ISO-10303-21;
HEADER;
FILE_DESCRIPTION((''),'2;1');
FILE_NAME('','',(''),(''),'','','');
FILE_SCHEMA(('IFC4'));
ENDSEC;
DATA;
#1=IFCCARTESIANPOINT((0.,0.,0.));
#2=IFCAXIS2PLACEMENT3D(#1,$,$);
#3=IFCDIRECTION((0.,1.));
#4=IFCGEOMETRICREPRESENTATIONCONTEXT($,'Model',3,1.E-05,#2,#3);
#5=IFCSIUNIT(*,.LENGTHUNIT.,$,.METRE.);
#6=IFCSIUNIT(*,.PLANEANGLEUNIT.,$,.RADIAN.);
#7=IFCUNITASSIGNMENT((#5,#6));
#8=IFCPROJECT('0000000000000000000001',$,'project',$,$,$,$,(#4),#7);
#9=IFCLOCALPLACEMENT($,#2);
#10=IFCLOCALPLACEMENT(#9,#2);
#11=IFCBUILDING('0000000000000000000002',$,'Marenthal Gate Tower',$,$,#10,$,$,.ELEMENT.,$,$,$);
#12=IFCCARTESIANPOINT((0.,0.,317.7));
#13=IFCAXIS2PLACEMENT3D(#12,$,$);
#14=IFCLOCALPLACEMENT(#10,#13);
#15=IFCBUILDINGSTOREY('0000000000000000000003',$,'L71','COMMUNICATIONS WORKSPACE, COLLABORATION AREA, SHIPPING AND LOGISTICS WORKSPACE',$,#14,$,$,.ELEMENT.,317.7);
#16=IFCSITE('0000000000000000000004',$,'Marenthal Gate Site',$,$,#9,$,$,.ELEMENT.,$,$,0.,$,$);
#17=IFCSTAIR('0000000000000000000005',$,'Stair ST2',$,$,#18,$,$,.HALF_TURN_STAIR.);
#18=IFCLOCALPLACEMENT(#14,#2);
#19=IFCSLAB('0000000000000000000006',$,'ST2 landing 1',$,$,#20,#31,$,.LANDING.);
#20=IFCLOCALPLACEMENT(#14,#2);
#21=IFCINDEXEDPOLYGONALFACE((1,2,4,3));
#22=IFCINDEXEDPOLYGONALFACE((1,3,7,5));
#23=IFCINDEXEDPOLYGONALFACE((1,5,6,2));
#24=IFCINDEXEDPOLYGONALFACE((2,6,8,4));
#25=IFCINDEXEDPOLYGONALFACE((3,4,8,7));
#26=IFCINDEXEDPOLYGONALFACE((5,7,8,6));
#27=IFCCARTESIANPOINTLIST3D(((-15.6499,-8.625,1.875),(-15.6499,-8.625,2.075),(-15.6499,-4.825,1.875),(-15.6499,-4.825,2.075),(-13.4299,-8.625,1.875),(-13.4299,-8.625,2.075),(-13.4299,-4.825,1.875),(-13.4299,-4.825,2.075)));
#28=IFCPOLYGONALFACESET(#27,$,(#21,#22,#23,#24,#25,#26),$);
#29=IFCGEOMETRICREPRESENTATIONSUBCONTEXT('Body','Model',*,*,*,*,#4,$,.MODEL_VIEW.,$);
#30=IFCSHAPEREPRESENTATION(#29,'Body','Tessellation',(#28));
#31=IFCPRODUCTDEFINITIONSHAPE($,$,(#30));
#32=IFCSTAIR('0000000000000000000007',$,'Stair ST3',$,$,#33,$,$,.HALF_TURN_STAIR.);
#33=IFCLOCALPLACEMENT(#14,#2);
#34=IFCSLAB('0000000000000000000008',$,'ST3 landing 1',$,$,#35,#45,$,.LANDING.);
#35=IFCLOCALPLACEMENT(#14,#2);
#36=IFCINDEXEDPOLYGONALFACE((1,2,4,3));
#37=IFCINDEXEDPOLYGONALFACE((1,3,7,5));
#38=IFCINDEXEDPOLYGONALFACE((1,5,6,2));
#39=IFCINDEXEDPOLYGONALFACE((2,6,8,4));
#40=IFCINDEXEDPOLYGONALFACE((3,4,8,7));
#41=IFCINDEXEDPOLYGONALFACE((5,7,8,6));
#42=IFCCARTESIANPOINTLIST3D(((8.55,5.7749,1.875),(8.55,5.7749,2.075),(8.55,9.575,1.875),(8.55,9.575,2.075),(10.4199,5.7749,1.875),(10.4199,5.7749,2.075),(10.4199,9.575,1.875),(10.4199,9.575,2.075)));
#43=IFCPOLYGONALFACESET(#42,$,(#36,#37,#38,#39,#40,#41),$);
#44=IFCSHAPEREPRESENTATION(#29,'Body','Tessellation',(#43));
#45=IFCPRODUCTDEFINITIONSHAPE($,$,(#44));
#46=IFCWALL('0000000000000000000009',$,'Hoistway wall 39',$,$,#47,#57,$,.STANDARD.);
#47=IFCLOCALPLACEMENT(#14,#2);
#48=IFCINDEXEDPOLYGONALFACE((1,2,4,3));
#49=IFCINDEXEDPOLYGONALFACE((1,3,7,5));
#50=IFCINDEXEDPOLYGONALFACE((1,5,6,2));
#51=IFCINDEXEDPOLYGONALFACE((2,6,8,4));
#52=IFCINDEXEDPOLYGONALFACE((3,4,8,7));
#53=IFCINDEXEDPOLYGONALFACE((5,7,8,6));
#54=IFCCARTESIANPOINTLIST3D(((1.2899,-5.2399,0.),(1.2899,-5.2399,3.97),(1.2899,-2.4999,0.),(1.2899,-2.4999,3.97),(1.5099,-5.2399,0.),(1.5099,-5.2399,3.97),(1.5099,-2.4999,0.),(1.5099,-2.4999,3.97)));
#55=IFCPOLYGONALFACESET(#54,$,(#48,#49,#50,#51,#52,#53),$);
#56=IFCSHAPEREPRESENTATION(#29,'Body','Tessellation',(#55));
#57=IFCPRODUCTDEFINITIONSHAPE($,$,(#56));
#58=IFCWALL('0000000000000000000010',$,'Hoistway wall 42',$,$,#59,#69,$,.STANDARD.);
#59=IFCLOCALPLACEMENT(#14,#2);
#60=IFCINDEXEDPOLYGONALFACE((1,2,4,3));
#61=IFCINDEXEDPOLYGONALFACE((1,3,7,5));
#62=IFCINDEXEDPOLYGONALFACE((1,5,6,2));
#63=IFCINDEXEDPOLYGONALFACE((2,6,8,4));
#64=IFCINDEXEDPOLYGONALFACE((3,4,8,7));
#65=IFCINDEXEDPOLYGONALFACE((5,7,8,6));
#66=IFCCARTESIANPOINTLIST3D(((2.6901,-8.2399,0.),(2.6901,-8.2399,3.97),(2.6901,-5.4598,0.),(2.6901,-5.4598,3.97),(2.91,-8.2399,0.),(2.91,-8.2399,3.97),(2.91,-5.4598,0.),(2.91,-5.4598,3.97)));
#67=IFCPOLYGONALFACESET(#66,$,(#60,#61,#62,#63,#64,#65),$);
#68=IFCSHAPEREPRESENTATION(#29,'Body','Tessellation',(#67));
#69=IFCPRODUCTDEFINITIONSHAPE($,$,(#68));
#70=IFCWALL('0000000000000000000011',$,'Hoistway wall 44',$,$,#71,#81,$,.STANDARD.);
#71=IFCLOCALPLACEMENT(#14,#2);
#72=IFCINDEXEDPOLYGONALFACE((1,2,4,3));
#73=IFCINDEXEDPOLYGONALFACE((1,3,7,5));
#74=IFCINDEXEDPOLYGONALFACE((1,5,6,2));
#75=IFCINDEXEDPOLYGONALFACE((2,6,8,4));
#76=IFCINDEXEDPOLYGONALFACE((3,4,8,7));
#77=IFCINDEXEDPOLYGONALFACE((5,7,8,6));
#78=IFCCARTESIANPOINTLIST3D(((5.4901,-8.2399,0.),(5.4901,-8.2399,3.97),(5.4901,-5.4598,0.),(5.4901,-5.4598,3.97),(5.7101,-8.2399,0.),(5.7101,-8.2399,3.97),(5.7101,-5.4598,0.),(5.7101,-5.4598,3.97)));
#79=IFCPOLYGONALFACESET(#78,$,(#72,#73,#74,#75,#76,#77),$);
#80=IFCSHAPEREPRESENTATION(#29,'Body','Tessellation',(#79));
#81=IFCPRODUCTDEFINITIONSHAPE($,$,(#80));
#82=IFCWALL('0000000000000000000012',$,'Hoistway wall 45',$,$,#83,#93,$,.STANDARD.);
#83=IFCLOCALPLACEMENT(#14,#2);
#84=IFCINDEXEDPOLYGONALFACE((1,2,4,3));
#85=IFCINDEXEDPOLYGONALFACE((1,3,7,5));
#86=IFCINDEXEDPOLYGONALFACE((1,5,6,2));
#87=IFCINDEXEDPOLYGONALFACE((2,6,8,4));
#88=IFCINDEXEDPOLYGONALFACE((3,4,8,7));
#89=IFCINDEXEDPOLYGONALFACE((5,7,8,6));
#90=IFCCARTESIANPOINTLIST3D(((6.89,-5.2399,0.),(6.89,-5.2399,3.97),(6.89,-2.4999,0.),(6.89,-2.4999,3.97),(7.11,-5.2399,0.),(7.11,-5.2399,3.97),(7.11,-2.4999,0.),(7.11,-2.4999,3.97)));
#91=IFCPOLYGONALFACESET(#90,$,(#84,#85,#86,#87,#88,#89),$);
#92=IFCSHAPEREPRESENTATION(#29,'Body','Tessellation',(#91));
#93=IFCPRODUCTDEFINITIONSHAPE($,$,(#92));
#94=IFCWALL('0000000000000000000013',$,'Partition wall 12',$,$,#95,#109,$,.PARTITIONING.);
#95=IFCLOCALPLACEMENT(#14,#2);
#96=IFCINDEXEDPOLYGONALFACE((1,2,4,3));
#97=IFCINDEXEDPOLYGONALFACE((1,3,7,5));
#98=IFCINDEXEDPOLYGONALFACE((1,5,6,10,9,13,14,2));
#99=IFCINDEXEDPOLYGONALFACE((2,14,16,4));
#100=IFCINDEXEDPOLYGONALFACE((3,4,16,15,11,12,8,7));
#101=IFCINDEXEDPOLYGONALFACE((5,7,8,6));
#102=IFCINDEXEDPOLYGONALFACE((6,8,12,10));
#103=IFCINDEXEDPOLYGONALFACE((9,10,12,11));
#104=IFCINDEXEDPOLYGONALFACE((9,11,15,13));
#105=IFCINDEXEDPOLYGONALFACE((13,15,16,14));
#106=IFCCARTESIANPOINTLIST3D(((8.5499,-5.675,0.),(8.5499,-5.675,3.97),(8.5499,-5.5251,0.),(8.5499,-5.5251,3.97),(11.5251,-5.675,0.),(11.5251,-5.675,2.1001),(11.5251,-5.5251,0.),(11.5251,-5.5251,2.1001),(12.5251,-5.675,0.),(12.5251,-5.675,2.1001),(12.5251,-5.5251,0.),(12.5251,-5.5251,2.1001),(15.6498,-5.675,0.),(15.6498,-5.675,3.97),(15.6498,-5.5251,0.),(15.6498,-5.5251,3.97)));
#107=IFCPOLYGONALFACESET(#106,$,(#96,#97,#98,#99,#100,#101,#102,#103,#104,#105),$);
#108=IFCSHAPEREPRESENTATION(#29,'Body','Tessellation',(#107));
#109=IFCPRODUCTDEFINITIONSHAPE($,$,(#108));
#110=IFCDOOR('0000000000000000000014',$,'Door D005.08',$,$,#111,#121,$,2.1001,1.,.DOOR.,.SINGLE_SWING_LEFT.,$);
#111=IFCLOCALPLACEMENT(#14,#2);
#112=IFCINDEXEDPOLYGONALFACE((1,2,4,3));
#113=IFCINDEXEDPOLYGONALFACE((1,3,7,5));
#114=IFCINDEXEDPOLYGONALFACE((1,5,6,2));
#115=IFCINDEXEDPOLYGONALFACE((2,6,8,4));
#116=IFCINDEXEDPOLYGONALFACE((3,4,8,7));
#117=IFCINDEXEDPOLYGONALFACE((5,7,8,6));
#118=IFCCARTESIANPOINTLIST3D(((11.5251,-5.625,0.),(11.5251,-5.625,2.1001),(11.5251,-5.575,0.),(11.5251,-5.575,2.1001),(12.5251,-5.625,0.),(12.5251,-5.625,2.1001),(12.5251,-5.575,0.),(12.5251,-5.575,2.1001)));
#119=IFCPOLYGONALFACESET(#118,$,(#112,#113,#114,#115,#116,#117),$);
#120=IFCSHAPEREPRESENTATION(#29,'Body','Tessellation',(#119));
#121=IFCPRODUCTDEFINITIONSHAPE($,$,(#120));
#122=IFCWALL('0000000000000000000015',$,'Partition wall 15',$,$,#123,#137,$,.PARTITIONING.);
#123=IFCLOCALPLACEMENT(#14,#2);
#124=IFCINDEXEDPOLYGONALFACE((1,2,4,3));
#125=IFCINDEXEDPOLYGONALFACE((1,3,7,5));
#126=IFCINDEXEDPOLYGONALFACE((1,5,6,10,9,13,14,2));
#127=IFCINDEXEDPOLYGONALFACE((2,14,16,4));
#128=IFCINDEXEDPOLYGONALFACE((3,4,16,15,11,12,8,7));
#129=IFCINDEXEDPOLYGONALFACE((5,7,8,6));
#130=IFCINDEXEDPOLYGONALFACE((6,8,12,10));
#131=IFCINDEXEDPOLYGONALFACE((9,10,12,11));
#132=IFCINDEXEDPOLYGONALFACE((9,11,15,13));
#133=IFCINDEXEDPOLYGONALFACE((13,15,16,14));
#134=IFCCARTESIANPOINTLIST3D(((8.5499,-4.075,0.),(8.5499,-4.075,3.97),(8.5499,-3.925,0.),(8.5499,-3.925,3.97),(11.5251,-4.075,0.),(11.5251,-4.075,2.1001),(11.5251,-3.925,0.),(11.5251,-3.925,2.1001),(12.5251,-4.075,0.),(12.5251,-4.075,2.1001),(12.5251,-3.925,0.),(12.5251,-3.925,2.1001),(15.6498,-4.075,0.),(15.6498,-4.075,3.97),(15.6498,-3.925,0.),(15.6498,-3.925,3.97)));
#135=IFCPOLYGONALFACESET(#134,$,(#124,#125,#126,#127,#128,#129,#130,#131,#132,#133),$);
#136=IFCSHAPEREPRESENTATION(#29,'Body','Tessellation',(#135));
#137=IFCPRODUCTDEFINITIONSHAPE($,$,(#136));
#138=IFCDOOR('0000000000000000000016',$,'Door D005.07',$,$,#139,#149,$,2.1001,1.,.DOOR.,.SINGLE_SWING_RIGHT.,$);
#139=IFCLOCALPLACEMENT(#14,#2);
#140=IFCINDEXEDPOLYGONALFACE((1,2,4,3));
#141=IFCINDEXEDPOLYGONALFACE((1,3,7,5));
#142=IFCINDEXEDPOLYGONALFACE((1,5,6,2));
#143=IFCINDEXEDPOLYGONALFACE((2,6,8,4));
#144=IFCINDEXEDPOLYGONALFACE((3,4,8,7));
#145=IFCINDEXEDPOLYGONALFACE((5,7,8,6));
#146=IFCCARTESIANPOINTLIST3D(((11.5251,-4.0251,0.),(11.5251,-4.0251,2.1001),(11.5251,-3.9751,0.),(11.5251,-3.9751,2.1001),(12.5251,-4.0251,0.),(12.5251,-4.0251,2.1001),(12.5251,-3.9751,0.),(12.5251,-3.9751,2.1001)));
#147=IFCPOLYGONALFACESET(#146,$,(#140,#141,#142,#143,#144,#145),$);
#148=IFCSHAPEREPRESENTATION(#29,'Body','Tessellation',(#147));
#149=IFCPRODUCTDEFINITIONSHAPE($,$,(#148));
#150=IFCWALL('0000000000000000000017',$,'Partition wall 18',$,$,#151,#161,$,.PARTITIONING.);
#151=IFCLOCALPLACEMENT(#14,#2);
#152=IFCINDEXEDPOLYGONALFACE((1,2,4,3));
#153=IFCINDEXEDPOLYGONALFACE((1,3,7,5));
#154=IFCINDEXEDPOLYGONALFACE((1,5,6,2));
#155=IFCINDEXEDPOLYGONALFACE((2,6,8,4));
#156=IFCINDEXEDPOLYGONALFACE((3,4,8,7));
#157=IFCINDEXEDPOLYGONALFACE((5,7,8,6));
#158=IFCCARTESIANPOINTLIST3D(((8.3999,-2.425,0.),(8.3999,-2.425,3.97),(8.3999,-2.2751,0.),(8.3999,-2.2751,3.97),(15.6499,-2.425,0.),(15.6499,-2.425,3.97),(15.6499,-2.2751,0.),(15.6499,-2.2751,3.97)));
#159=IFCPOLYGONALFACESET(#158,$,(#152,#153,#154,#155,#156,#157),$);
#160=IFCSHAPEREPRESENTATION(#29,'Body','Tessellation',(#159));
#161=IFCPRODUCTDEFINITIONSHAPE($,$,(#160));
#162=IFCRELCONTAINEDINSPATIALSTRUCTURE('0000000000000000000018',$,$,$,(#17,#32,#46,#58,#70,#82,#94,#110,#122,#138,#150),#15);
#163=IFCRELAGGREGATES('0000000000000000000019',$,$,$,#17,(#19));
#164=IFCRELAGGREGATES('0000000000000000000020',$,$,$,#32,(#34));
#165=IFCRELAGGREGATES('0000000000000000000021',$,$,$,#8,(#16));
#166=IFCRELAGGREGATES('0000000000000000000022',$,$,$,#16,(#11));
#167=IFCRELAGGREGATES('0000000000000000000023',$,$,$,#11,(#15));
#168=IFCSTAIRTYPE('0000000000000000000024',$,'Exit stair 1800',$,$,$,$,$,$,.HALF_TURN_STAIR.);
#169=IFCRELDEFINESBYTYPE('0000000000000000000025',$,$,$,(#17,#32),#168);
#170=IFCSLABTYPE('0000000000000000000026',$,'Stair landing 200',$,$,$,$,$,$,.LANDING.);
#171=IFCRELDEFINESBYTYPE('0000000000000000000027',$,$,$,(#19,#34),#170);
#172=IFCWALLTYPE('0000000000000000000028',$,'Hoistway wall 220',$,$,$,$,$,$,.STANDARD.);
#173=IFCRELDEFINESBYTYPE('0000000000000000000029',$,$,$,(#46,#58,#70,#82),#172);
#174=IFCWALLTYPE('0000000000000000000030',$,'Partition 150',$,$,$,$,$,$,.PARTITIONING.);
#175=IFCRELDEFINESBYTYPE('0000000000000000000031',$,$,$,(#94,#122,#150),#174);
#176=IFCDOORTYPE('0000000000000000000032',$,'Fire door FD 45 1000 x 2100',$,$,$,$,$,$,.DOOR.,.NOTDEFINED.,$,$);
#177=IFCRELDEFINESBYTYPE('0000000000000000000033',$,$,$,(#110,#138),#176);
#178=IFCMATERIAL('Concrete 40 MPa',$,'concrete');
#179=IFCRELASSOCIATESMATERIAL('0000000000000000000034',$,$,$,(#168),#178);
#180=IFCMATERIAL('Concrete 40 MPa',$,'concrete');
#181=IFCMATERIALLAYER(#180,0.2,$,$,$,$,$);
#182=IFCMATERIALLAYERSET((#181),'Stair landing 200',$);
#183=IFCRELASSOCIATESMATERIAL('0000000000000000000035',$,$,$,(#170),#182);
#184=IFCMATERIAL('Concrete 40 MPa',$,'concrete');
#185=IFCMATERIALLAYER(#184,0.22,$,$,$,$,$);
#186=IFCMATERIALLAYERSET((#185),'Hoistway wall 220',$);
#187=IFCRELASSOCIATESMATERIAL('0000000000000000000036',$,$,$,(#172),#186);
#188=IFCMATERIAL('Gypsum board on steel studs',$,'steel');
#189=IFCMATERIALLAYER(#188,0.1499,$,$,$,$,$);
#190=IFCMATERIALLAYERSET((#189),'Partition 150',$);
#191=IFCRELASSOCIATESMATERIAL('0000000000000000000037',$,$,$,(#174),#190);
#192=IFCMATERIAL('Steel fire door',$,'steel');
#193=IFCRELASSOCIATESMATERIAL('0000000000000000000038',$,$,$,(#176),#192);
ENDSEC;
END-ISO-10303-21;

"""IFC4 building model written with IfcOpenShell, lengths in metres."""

from ifc_helpers import new_model, si_unit, direction, frame, frame_2d, origin, place, context, subcontext, project, spatial, polyline, rectangle, outline, extrude, material, layer, layer_set, type_object, element, fill, aggregate, save


model = new_model("IFC4")

# Units and contexts
model_context = context("Model", 3, precision=1e-05, world=origin(), true_north=direction((0.0, 1.0)))
body_context = subcontext(model_context, "Body", "Model", "MODEL_VIEW")
ifc_project = project(units=[si_unit("LENGTHUNIT", "METRE"), si_unit("PLANEANGLEUNIT", "RADIAN")], contexts=[model_context])

# Site, building, storey
site_placement = place(None, origin())
site = spatial("IfcSite", under=ifc_project, at=site_placement, Name="Marenthal Gate Site", CompositionType="ELEMENT", RefElevation=0.0)
building_placement = place(site_placement, origin())
building = spatial("IfcBuilding", under=site, at=building_placement, Name="Marenthal Gate Tower", CompositionType="ELEMENT")
storey_placement = place(building_placement, frame((0.0, 0.0, 317.7)))
storey = spatial("IfcBuildingStorey", under=building, at=storey_placement, Name="L71", Description="COMMUNICATIONS WORKSPACE, COLLABORATION AREA, SHIPPING AND LOGISTICS WORKSPACE", CompositionType="ELEMENT", Elevation=317.7)

# Stairs, slabs
ifc_material_1 = material(Name="Concrete 40 MPa", Category="concrete")
stair_type = type_object("IfcStairType", Name="Exit stair 1800", PredefinedType="HALF_TURN_STAIR", material=ifc_material_1)
ifc_material_2 = material(Name="Concrete 40 MPa", Category="concrete")
ifc_layer_1 = layer(ifc_material_2, 0.2)
ifc_layer_set_1 = layer_set([ifc_layer_1], Name="Stair landing 200")
slab_type_1 = type_object("IfcSlabType", Name="Stair landing 200", PredefinedType="LANDING", material=ifc_layer_set_1)
stair_1_placement = place(storey_placement, origin())
stair_1 = element("IfcStair", 1, at=stair_1_placement, inside=storey, type_object=stair_type, Name="Stair ST2", PredefinedType="HALF_TURN_STAIR")
slab_1_placement = place(storey_placement, frame((0.0, 0.0, 1.875)))
slab_1 = element("IfcSlab", 2, at=slab_1_placement, type_object=slab_type_1, Name="ST2 landing 1", PredefinedType="LANDING", context=body_context, shape_type="SweptSolid", body=[
    extrude(outline(polyline([(-15.6499, -8.625), (-13.4299, -8.625), (-13.4299, -4.825), (-15.6499, -4.825), (-15.6499, -8.625)])), origin(), (0.0, 0.0, 1.0), 0.2),
])
aggregate(stair_1, [slab_1])
stair_2_placement = place(storey_placement, origin())
stair_2 = element("IfcStair", 3, at=stair_2_placement, inside=storey, type_object=stair_type, Name="Stair ST3", PredefinedType="HALF_TURN_STAIR")
slab_2_placement = place(storey_placement, frame((0.0, 0.0, 1.875)))
slab_2 = element("IfcSlab", 4, at=slab_2_placement, type_object=slab_type_1, Name="ST3 landing 1", PredefinedType="LANDING", context=body_context, shape_type="SweptSolid", body=[
    extrude(outline(polyline([(8.55, 5.7749), (10.4199, 5.7749), (10.4199, 9.575), (8.55, 9.575), (8.55, 5.7749)])), origin(), (0.0, 0.0, 1.0), 0.2),
])
aggregate(stair_2, [slab_2])

# Walls
ifc_material_3 = material(Name="Concrete 40 MPa", Category="concrete")
ifc_layer_2 = layer(ifc_material_3, 0.22)
ifc_layer_set_2 = layer_set([ifc_layer_2], Name="Hoistway wall 220")
wall_type_1 = type_object("IfcWallType", Name="Hoistway wall 220", PredefinedType="STANDARD", material=ifc_layer_set_2)
wall_1_placement = place(storey_placement, frame((1.3999, -5.24, 0.0), z_axis=(0.0, 0.0, 1.0), x_axis=(0.0, 1.0, 0.0)))
element("IfcWall", 5, at=wall_1_placement, inside=storey, type_object=wall_type_1, Name="Hoistway wall 39", PredefinedType="STANDARD", context=body_context, shape_type="SweptSolid", body=[
    extrude(rectangle(XDim=2.74, YDim=0.22, at=frame_2d((1.3701, 0.0))), origin(), (0.0, 0.0, 1.0), 3.97),
])
for number, where, z_axis, x_axis, name in (
    (6, (2.8, -8.24, 0.0), (0.0, 0.0, 1.0), (0.0, 1.0, 0.0), "Hoistway wall 42"),
    (7, (5.6001, -8.24, 0.0), (0.0, 0.0, 1.0), (0.0, 1.0, 0.0), "Hoistway wall 44"),
):
    element("IfcWall", number, at=place(storey_placement, frame(where, z_axis=z_axis, x_axis=x_axis)), inside=storey, type_object=wall_type_1, Name=name, PredefinedType="STANDARD", context=body_context, shape_type="SweptSolid", body=[
        extrude(rectangle(XDim=2.78, YDim=0.22, at=frame_2d((1.3901, 0.0))), origin(), (0.0, 0.0, 1.0), 3.97),
    ])
wall_2_placement = place(storey_placement, frame((7.0, -5.24, 0.0), z_axis=(0.0, 0.0, 1.0), x_axis=(0.0, 1.0, 0.0)))
element("IfcWall", 8, at=wall_2_placement, inside=storey, type_object=wall_type_1, Name="Hoistway wall 45", PredefinedType="STANDARD", context=body_context, shape_type="SweptSolid", body=[
    extrude(rectangle(XDim=2.74, YDim=0.22, at=frame_2d((1.3701, 0.0))), origin(), (0.0, 0.0, 1.0), 3.97),
])

# Walls, openings, doors
ifc_material_4 = material(Name="Gypsum board on steel studs", Category="steel")
ifc_layer_3 = layer(ifc_material_4, 0.1499)
ifc_layer_set_3 = layer_set([ifc_layer_3], Name="Partition 150")
wall_type_2 = type_object("IfcWallType", Name="Partition 150", PredefinedType="PARTITIONING", material=ifc_layer_set_3)
wall_3_placement = place(storey_placement, frame((8.55, -5.6001, 0.0), z_axis=(0.0, 0.0, 1.0), x_axis=(1.0, 0.0, 0.0)))
wall_3 = element("IfcWall", 9, at=wall_3_placement, inside=storey, type_object=wall_type_2, Name="Partition wall 12", PredefinedType="PARTITIONING", context=body_context, shape_type="SweptSolid", body=[
    extrude(rectangle(XDim=7.0999, YDim=0.1499, at=frame_2d((3.5498, 0.0))), origin(), (0.0, 0.0, 1.0), 3.97),
])
opening_1_placement = place(wall_3_placement, frame((2.9751, 0.0, 0.0)))
opening_1 = element("IfcOpeningElement", 10, at=opening_1_placement, cuts=wall_3, PredefinedType="OPENING", context=body_context, shape_type="SweptSolid", body=[
    extrude(rectangle(XDim=1.0, YDim=2.1001, at=frame_2d((0.5, 1.05))), frame((0.0, 0.085, 0.0), z_axis=(0.0, -1.0, 0.0), x_axis=(1.0, 0.0, 0.0)), (0.0, 0.0, 1.0), 0.1699),
])
ifc_material_5 = material(Name="Steel fire door", Category="steel")
door_type = type_object("IfcDoorType", Name="Fire door FD 45 1000 x 2100", OperationType="NOTDEFINED", PredefinedType="DOOR", material=ifc_material_5)
door_1_placement = place(opening_1_placement, frame((1.0, 0.0, 0.0), z_axis=(0.0, 0.0, 1.0), x_axis=(-1.0, 0.0, 0.0)))
door_1 = element("IfcDoor", 11, at=door_1_placement, inside=storey, type_object=door_type, Name="Door D005.08", OperationType="SINGLE_SWING_LEFT", OverallHeight=2.1001, OverallWidth=1.0, PredefinedType="DOOR", context=body_context, shape_type="SweptSolid", body=[
    extrude(rectangle(XDim=1.0, YDim=2.1001, at=frame_2d((0.5, 1.05))), frame((0.0, 0.0249, 0.0), z_axis=(0.0, -1.0, 0.0), x_axis=(1.0, 0.0, 0.0)), (0.0, 0.0, 1.0), 0.05),
])
fill(opening_1, door_1)
wall_4_placement = place(storey_placement, frame((8.55, -4.0, 0.0), z_axis=(0.0, 0.0, 1.0), x_axis=(1.0, 0.0, 0.0)))
wall_4 = element("IfcWall", 12, at=wall_4_placement, inside=storey, type_object=wall_type_2, Name="Partition wall 15", PredefinedType="PARTITIONING", context=body_context, shape_type="SweptSolid", body=[
    extrude(rectangle(XDim=7.0999, YDim=0.1499, at=frame_2d((3.5498, 0.0))), origin(), (0.0, 0.0, 1.0), 3.97),
])
opening_2_placement = place(wall_4_placement, frame((2.9751, 0.0, 0.0)))
opening_2 = element("IfcOpeningElement", 13, at=opening_2_placement, cuts=wall_4, PredefinedType="OPENING", context=body_context, shape_type="SweptSolid", body=[
    extrude(rectangle(XDim=1.0, YDim=2.1001, at=frame_2d((0.5, 1.05))), frame((0.0, 0.085, 0.0), z_axis=(0.0, -1.0, 0.0), x_axis=(1.0, 0.0, 0.0)), (0.0, 0.0, 1.0), 0.1699),
])
door_2_placement = place(opening_2_placement, origin())
door_2 = element("IfcDoor", 14, at=door_2_placement, inside=storey, type_object=door_type, Name="Door D005.07", OperationType="SINGLE_SWING_RIGHT", OverallHeight=2.1001, OverallWidth=1.0, PredefinedType="DOOR", context=body_context, shape_type="SweptSolid", body=[
    extrude(rectangle(XDim=1.0, YDim=2.1001, at=frame_2d((0.5, 1.05))), frame((0.0, 0.0249, 0.0), z_axis=(0.0, -1.0, 0.0), x_axis=(1.0, 0.0, 0.0)), (0.0, 0.0, 1.0), 0.05),
])
fill(opening_2, door_2)

# Wall
wall_5_placement = place(storey_placement, frame((8.3999, -2.3501, 0.0), z_axis=(0.0, 0.0, 1.0), x_axis=(1.0, 0.0, 0.0)))
element("IfcWall", 15, at=wall_5_placement, inside=storey, type_object=wall_type_2, Name="Partition wall 18", PredefinedType="PARTITIONING", context=body_context, shape_type="SweptSolid", body=[
    extrude(rectangle(XDim=7.25, YDim=0.1499, at=frame_2d((3.625, 0.0))), origin(), (0.0, 0.0, 1.0), 3.97),
])

save(model, "model.ifc")
